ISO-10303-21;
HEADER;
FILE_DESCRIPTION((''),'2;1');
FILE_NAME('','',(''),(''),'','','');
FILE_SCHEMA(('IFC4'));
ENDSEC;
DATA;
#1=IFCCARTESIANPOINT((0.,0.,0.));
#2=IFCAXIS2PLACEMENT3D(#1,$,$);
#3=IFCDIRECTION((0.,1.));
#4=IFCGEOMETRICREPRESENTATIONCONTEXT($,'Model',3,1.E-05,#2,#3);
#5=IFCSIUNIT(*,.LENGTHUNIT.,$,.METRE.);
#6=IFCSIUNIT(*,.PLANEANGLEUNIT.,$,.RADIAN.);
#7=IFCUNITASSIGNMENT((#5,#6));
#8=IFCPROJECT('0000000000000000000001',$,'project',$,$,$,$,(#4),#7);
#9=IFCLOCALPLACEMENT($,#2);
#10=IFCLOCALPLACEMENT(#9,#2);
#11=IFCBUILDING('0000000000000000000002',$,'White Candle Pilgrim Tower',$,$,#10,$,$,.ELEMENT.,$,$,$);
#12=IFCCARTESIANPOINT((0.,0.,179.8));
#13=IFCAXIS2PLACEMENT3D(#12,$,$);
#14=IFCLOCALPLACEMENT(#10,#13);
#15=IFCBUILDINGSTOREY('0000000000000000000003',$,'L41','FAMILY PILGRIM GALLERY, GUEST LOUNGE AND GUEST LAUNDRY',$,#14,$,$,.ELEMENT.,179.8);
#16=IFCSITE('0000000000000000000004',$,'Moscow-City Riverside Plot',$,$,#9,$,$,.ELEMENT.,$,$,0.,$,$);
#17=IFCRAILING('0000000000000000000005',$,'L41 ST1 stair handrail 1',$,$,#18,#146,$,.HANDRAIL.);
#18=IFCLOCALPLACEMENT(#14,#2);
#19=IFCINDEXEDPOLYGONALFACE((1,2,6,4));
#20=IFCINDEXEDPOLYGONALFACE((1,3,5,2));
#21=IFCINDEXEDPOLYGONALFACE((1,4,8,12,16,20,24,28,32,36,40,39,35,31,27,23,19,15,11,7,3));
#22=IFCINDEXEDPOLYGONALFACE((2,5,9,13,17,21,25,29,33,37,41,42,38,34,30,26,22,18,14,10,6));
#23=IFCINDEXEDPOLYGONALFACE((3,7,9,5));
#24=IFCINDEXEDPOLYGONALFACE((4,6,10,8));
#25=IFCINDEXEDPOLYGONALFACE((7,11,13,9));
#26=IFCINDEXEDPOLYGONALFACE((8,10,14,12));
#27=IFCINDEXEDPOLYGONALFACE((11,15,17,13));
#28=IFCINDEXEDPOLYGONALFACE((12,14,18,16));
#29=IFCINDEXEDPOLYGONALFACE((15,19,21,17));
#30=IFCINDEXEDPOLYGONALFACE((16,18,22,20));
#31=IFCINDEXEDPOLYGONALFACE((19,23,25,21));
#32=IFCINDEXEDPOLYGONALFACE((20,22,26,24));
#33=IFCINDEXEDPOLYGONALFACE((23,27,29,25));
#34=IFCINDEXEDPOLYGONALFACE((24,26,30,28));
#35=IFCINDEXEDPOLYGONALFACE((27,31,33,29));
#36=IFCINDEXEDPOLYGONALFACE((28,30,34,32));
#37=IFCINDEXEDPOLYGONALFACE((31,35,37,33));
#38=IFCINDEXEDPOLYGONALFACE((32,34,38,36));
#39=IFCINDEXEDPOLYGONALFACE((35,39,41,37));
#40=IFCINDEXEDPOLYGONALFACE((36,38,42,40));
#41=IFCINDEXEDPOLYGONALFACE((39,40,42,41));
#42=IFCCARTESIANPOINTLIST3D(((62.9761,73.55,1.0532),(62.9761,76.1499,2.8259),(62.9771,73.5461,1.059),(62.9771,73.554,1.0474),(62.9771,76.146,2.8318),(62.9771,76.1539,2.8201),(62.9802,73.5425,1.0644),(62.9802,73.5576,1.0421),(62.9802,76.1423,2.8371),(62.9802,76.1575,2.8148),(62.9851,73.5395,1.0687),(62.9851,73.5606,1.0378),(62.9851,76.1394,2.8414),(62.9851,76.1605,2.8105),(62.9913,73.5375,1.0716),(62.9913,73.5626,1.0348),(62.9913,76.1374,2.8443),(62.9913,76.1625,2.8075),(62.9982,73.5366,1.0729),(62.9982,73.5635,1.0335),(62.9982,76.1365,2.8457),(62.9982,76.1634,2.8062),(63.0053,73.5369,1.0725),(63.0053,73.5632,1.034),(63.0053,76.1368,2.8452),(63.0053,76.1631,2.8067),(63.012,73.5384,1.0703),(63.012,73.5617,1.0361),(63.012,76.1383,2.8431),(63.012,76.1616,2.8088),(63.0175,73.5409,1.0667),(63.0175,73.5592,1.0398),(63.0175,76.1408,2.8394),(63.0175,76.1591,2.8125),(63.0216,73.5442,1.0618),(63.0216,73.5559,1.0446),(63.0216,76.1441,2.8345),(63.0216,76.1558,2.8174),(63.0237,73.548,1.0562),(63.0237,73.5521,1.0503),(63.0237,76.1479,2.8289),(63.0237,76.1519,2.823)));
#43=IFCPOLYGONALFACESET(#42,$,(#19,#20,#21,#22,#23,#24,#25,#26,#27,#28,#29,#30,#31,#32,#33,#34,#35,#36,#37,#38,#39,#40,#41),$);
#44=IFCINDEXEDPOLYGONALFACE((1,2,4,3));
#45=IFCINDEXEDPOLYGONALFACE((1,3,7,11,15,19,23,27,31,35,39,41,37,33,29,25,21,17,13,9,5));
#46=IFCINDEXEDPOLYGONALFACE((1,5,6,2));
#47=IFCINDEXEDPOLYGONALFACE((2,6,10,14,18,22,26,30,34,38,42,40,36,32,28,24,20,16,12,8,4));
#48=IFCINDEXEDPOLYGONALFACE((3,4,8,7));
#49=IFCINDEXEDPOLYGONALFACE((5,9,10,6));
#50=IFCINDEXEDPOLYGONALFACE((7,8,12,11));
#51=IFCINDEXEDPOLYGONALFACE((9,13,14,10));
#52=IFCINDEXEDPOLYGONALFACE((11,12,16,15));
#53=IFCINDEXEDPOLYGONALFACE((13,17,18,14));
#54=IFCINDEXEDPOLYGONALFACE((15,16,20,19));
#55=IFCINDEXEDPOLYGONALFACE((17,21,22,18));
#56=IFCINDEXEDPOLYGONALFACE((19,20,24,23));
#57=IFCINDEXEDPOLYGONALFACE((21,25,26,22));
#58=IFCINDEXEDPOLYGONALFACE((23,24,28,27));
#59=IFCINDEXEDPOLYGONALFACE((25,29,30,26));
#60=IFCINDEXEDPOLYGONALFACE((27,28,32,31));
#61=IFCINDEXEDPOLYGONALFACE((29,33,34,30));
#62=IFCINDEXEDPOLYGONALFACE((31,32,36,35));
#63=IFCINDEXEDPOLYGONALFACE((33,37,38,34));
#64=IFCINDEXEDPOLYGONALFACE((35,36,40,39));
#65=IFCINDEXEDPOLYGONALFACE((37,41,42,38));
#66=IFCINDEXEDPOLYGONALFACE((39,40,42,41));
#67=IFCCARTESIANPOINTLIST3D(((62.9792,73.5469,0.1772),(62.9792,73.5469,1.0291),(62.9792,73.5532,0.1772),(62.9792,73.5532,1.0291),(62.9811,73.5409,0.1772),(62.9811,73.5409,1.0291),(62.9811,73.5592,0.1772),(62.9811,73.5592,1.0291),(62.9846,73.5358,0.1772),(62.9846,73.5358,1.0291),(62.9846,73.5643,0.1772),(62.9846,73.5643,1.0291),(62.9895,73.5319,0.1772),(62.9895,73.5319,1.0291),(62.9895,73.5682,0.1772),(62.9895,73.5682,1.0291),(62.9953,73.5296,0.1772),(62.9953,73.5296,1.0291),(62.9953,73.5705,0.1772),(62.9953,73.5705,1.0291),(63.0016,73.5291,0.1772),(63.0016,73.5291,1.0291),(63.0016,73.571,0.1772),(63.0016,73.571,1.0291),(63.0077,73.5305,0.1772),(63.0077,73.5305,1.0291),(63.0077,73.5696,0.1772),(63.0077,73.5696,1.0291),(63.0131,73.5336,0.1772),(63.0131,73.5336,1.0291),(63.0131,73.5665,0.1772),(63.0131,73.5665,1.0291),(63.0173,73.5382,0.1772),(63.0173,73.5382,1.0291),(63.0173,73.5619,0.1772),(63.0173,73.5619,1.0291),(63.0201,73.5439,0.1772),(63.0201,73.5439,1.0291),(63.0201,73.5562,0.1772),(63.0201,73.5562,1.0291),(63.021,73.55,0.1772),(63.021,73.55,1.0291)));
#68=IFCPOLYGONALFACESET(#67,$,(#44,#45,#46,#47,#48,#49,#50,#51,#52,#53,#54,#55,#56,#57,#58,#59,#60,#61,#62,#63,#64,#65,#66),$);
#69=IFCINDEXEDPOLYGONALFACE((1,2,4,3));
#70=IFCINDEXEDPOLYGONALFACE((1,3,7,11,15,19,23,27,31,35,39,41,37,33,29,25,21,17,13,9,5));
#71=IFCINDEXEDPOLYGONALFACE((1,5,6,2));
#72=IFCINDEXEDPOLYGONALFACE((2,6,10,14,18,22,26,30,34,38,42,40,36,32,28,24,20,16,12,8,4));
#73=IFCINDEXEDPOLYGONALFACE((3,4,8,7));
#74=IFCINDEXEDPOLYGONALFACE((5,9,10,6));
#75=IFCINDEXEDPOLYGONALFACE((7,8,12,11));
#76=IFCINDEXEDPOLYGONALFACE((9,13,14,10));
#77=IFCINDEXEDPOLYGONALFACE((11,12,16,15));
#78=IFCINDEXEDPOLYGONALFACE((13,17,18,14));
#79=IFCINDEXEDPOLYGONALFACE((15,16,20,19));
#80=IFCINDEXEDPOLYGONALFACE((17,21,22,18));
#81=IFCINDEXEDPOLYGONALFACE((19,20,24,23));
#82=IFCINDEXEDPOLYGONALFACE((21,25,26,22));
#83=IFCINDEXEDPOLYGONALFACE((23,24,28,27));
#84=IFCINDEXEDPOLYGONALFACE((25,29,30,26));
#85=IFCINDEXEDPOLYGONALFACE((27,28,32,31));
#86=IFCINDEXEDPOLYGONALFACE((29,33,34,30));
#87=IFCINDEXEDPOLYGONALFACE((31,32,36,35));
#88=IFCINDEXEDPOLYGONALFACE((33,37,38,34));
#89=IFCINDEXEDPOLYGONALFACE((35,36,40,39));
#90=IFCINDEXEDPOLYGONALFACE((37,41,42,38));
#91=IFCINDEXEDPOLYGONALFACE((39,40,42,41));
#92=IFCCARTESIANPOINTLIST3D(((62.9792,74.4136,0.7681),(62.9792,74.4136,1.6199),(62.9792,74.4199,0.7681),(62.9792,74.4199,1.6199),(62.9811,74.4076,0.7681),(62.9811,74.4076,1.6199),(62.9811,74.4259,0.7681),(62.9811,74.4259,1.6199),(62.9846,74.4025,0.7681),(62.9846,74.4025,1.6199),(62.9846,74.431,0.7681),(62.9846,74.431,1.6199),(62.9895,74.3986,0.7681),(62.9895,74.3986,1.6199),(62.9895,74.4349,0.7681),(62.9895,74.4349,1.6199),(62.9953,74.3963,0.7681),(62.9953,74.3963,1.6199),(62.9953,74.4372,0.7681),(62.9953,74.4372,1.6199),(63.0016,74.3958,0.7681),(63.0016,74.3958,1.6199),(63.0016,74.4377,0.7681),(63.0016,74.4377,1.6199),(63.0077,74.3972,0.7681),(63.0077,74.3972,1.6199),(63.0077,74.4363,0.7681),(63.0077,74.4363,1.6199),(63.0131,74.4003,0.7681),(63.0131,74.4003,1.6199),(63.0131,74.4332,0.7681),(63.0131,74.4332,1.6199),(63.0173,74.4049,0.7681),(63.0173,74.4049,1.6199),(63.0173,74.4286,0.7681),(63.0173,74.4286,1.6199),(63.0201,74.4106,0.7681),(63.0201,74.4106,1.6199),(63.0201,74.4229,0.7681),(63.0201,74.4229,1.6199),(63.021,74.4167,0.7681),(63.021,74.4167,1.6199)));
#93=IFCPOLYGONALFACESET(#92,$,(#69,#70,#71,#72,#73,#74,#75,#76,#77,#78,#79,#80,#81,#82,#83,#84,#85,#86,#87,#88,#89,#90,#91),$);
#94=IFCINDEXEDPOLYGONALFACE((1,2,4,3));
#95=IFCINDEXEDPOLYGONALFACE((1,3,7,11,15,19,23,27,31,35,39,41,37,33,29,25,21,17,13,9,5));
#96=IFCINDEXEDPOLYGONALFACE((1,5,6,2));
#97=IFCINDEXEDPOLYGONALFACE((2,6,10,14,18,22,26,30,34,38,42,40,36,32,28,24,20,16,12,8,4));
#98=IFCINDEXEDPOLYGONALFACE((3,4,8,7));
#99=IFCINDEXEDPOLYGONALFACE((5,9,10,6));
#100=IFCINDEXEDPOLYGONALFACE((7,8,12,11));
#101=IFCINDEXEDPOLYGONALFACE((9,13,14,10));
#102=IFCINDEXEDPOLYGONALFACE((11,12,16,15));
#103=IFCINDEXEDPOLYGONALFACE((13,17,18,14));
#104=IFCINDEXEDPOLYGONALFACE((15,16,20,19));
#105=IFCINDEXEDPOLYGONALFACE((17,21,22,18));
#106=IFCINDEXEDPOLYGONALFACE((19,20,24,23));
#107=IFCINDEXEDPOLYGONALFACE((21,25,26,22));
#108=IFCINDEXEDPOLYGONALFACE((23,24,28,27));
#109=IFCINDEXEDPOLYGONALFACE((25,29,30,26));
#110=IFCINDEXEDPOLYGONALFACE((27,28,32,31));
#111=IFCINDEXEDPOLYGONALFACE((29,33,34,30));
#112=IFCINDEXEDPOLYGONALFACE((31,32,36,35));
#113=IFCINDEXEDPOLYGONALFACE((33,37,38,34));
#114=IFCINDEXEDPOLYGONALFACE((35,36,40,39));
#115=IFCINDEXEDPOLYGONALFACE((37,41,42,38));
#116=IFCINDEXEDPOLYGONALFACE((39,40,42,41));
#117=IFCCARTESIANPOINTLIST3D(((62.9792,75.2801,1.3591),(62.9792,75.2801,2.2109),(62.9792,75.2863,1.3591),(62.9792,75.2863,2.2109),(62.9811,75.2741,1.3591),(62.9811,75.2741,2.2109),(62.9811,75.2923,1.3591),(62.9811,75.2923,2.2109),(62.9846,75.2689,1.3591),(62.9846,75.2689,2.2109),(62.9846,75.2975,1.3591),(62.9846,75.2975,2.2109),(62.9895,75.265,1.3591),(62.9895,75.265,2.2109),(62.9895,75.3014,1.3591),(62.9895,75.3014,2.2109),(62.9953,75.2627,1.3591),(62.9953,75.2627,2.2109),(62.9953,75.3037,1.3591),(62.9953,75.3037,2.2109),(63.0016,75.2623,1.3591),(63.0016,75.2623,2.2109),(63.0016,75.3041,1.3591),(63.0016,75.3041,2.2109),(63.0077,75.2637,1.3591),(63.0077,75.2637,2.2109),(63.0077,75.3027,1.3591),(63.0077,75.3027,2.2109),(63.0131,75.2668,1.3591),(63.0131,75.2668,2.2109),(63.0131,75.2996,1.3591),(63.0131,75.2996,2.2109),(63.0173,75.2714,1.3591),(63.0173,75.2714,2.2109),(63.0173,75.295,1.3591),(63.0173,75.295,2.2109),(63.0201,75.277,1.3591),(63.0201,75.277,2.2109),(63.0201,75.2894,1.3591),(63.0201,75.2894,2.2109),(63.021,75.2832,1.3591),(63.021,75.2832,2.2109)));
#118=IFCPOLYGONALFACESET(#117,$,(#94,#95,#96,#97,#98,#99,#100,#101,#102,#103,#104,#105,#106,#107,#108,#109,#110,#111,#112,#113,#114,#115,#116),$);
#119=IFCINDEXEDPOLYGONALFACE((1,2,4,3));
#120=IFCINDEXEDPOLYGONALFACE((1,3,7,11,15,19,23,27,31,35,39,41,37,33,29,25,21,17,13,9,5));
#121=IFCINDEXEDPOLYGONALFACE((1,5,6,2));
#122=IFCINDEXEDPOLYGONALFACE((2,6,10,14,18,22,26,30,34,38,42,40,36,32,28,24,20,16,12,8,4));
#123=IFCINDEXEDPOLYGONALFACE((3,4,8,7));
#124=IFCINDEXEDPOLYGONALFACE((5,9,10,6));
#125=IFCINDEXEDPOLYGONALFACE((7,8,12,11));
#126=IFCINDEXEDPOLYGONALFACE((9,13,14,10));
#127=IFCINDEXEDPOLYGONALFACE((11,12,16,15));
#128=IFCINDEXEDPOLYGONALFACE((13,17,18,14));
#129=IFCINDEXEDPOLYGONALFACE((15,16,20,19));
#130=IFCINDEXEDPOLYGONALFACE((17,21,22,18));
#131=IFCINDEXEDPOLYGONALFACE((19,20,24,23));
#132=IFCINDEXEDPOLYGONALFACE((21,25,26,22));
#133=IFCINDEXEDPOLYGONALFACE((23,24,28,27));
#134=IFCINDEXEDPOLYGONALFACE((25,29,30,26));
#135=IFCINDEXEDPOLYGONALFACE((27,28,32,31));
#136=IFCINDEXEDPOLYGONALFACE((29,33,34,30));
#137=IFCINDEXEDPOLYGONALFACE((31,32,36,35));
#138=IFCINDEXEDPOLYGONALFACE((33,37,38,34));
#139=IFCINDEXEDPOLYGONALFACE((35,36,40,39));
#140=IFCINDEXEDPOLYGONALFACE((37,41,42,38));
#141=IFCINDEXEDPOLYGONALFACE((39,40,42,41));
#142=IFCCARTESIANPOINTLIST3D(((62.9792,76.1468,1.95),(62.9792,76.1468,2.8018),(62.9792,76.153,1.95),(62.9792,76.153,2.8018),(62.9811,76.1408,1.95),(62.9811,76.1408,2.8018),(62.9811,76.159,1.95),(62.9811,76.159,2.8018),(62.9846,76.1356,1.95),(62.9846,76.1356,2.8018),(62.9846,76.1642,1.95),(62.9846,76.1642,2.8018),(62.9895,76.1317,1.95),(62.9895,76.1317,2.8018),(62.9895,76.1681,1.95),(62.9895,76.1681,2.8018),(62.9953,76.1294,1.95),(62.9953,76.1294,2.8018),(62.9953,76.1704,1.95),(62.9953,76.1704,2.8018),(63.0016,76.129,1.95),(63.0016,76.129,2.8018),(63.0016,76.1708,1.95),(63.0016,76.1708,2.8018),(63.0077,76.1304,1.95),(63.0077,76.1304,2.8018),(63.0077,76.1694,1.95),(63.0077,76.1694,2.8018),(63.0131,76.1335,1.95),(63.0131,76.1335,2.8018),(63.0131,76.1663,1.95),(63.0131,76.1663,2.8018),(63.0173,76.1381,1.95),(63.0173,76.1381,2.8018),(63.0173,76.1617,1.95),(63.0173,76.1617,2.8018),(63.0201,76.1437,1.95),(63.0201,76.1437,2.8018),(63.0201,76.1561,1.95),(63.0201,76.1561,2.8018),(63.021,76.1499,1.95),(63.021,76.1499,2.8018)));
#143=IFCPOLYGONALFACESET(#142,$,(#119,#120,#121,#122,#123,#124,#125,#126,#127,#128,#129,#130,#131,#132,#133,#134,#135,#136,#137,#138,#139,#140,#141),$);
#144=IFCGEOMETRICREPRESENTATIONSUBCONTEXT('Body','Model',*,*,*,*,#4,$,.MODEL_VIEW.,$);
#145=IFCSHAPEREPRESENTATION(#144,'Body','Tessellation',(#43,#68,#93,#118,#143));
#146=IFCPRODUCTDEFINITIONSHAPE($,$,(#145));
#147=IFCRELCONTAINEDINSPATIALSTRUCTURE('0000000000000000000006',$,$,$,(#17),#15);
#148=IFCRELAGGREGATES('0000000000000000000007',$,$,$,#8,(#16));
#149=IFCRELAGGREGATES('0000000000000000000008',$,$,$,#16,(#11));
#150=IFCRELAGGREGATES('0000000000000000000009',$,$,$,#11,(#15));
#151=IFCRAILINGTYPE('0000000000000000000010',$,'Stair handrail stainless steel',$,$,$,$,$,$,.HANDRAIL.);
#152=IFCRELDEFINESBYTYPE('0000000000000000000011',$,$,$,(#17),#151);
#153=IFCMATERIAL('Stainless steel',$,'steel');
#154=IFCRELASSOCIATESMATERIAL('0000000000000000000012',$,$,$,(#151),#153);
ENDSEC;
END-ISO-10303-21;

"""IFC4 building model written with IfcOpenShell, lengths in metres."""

from ifc_helpers import new_model, si_unit, direction, frame, origin, origin_2d, place, context, subcontext, project, spatial, circle, extrude, material, type_object, element, save


model = new_model("IFC4")

# Units and contexts
model_context = context("Model", 3, precision=1e-05, world=origin(), true_north=direction((0.0, 1.0)))
body_context = subcontext(model_context, "Body", "Model", "MODEL_VIEW")
ifc_project = project(units=[si_unit("LENGTHUNIT", "METRE"), si_unit("PLANEANGLEUNIT", "RADIAN")], contexts=[model_context])

# Site, building, storey
site_placement = place(None, origin())
site = spatial("IfcSite", under=ifc_project, at=site_placement, Name="Moscow-City Riverside Plot", CompositionType="ELEMENT", RefElevation=0.0)
building_placement = place(site_placement, origin())
building = spatial("IfcBuilding", under=site, at=building_placement, Name="White Candle Pilgrim Tower", CompositionType="ELEMENT")
storey_placement = place(building_placement, frame((0.0, 0.0, 179.8)))
storey = spatial("IfcBuildingStorey", under=building, at=storey_placement, Name="L41", Description="FAMILY PILGRIM GALLERY, GUEST LOUNGE AND GUEST LAUNDRY", CompositionType="ELEMENT", Elevation=179.8)

# Shared definitions
ifc_material_1 = material(Name="Stainless steel", Category="steel")

# Railing
railing_type_1 = type_object("IfcRailingType", Name="Stair handrail stainless steel", PredefinedType="HANDRAIL", material=ifc_material_1)
railing_1_placement = place(storey_placement, frame((63.0, 73.55, 0.1772)))
element("IfcRailing", 1, at=railing_1_placement, inside=storey, type_object=railing_type_1, Name="L41 ST1 stair handrail 1", PredefinedType="HANDRAIL", context=body_context, shape_type="SweptSolid", body=[
    extrude(circle(Radius=0.0239, at=origin_2d()), frame((0.0, 0.0, 0.876), z_axis=(0.0, 0.826216, 0.563354), x_axis=(-1.0, 0.0, 0.0)), (0.0, 0.0, 1.0), 3.1467),
    extrude(circle(Radius=0.021, at=origin_2d()), origin(), (0.0, 0.0, 1.0), 0.8518),
    extrude(circle(Radius=0.021, at=origin_2d()), frame((0.0, 0.8667, 0.5908)), (0.0, 0.0, 1.0), 0.8518),
    extrude(circle(Radius=0.021, at=origin_2d()), frame((0.0, 1.7332, 1.1819)), (0.0, 0.0, 1.0), 0.8518),
    extrude(circle(Radius=0.021, at=origin_2d()), frame((0.0, 2.5999, 1.7727)), (0.0, 0.0, 1.0), 0.8518),
])

save(model, "model.ifc")
